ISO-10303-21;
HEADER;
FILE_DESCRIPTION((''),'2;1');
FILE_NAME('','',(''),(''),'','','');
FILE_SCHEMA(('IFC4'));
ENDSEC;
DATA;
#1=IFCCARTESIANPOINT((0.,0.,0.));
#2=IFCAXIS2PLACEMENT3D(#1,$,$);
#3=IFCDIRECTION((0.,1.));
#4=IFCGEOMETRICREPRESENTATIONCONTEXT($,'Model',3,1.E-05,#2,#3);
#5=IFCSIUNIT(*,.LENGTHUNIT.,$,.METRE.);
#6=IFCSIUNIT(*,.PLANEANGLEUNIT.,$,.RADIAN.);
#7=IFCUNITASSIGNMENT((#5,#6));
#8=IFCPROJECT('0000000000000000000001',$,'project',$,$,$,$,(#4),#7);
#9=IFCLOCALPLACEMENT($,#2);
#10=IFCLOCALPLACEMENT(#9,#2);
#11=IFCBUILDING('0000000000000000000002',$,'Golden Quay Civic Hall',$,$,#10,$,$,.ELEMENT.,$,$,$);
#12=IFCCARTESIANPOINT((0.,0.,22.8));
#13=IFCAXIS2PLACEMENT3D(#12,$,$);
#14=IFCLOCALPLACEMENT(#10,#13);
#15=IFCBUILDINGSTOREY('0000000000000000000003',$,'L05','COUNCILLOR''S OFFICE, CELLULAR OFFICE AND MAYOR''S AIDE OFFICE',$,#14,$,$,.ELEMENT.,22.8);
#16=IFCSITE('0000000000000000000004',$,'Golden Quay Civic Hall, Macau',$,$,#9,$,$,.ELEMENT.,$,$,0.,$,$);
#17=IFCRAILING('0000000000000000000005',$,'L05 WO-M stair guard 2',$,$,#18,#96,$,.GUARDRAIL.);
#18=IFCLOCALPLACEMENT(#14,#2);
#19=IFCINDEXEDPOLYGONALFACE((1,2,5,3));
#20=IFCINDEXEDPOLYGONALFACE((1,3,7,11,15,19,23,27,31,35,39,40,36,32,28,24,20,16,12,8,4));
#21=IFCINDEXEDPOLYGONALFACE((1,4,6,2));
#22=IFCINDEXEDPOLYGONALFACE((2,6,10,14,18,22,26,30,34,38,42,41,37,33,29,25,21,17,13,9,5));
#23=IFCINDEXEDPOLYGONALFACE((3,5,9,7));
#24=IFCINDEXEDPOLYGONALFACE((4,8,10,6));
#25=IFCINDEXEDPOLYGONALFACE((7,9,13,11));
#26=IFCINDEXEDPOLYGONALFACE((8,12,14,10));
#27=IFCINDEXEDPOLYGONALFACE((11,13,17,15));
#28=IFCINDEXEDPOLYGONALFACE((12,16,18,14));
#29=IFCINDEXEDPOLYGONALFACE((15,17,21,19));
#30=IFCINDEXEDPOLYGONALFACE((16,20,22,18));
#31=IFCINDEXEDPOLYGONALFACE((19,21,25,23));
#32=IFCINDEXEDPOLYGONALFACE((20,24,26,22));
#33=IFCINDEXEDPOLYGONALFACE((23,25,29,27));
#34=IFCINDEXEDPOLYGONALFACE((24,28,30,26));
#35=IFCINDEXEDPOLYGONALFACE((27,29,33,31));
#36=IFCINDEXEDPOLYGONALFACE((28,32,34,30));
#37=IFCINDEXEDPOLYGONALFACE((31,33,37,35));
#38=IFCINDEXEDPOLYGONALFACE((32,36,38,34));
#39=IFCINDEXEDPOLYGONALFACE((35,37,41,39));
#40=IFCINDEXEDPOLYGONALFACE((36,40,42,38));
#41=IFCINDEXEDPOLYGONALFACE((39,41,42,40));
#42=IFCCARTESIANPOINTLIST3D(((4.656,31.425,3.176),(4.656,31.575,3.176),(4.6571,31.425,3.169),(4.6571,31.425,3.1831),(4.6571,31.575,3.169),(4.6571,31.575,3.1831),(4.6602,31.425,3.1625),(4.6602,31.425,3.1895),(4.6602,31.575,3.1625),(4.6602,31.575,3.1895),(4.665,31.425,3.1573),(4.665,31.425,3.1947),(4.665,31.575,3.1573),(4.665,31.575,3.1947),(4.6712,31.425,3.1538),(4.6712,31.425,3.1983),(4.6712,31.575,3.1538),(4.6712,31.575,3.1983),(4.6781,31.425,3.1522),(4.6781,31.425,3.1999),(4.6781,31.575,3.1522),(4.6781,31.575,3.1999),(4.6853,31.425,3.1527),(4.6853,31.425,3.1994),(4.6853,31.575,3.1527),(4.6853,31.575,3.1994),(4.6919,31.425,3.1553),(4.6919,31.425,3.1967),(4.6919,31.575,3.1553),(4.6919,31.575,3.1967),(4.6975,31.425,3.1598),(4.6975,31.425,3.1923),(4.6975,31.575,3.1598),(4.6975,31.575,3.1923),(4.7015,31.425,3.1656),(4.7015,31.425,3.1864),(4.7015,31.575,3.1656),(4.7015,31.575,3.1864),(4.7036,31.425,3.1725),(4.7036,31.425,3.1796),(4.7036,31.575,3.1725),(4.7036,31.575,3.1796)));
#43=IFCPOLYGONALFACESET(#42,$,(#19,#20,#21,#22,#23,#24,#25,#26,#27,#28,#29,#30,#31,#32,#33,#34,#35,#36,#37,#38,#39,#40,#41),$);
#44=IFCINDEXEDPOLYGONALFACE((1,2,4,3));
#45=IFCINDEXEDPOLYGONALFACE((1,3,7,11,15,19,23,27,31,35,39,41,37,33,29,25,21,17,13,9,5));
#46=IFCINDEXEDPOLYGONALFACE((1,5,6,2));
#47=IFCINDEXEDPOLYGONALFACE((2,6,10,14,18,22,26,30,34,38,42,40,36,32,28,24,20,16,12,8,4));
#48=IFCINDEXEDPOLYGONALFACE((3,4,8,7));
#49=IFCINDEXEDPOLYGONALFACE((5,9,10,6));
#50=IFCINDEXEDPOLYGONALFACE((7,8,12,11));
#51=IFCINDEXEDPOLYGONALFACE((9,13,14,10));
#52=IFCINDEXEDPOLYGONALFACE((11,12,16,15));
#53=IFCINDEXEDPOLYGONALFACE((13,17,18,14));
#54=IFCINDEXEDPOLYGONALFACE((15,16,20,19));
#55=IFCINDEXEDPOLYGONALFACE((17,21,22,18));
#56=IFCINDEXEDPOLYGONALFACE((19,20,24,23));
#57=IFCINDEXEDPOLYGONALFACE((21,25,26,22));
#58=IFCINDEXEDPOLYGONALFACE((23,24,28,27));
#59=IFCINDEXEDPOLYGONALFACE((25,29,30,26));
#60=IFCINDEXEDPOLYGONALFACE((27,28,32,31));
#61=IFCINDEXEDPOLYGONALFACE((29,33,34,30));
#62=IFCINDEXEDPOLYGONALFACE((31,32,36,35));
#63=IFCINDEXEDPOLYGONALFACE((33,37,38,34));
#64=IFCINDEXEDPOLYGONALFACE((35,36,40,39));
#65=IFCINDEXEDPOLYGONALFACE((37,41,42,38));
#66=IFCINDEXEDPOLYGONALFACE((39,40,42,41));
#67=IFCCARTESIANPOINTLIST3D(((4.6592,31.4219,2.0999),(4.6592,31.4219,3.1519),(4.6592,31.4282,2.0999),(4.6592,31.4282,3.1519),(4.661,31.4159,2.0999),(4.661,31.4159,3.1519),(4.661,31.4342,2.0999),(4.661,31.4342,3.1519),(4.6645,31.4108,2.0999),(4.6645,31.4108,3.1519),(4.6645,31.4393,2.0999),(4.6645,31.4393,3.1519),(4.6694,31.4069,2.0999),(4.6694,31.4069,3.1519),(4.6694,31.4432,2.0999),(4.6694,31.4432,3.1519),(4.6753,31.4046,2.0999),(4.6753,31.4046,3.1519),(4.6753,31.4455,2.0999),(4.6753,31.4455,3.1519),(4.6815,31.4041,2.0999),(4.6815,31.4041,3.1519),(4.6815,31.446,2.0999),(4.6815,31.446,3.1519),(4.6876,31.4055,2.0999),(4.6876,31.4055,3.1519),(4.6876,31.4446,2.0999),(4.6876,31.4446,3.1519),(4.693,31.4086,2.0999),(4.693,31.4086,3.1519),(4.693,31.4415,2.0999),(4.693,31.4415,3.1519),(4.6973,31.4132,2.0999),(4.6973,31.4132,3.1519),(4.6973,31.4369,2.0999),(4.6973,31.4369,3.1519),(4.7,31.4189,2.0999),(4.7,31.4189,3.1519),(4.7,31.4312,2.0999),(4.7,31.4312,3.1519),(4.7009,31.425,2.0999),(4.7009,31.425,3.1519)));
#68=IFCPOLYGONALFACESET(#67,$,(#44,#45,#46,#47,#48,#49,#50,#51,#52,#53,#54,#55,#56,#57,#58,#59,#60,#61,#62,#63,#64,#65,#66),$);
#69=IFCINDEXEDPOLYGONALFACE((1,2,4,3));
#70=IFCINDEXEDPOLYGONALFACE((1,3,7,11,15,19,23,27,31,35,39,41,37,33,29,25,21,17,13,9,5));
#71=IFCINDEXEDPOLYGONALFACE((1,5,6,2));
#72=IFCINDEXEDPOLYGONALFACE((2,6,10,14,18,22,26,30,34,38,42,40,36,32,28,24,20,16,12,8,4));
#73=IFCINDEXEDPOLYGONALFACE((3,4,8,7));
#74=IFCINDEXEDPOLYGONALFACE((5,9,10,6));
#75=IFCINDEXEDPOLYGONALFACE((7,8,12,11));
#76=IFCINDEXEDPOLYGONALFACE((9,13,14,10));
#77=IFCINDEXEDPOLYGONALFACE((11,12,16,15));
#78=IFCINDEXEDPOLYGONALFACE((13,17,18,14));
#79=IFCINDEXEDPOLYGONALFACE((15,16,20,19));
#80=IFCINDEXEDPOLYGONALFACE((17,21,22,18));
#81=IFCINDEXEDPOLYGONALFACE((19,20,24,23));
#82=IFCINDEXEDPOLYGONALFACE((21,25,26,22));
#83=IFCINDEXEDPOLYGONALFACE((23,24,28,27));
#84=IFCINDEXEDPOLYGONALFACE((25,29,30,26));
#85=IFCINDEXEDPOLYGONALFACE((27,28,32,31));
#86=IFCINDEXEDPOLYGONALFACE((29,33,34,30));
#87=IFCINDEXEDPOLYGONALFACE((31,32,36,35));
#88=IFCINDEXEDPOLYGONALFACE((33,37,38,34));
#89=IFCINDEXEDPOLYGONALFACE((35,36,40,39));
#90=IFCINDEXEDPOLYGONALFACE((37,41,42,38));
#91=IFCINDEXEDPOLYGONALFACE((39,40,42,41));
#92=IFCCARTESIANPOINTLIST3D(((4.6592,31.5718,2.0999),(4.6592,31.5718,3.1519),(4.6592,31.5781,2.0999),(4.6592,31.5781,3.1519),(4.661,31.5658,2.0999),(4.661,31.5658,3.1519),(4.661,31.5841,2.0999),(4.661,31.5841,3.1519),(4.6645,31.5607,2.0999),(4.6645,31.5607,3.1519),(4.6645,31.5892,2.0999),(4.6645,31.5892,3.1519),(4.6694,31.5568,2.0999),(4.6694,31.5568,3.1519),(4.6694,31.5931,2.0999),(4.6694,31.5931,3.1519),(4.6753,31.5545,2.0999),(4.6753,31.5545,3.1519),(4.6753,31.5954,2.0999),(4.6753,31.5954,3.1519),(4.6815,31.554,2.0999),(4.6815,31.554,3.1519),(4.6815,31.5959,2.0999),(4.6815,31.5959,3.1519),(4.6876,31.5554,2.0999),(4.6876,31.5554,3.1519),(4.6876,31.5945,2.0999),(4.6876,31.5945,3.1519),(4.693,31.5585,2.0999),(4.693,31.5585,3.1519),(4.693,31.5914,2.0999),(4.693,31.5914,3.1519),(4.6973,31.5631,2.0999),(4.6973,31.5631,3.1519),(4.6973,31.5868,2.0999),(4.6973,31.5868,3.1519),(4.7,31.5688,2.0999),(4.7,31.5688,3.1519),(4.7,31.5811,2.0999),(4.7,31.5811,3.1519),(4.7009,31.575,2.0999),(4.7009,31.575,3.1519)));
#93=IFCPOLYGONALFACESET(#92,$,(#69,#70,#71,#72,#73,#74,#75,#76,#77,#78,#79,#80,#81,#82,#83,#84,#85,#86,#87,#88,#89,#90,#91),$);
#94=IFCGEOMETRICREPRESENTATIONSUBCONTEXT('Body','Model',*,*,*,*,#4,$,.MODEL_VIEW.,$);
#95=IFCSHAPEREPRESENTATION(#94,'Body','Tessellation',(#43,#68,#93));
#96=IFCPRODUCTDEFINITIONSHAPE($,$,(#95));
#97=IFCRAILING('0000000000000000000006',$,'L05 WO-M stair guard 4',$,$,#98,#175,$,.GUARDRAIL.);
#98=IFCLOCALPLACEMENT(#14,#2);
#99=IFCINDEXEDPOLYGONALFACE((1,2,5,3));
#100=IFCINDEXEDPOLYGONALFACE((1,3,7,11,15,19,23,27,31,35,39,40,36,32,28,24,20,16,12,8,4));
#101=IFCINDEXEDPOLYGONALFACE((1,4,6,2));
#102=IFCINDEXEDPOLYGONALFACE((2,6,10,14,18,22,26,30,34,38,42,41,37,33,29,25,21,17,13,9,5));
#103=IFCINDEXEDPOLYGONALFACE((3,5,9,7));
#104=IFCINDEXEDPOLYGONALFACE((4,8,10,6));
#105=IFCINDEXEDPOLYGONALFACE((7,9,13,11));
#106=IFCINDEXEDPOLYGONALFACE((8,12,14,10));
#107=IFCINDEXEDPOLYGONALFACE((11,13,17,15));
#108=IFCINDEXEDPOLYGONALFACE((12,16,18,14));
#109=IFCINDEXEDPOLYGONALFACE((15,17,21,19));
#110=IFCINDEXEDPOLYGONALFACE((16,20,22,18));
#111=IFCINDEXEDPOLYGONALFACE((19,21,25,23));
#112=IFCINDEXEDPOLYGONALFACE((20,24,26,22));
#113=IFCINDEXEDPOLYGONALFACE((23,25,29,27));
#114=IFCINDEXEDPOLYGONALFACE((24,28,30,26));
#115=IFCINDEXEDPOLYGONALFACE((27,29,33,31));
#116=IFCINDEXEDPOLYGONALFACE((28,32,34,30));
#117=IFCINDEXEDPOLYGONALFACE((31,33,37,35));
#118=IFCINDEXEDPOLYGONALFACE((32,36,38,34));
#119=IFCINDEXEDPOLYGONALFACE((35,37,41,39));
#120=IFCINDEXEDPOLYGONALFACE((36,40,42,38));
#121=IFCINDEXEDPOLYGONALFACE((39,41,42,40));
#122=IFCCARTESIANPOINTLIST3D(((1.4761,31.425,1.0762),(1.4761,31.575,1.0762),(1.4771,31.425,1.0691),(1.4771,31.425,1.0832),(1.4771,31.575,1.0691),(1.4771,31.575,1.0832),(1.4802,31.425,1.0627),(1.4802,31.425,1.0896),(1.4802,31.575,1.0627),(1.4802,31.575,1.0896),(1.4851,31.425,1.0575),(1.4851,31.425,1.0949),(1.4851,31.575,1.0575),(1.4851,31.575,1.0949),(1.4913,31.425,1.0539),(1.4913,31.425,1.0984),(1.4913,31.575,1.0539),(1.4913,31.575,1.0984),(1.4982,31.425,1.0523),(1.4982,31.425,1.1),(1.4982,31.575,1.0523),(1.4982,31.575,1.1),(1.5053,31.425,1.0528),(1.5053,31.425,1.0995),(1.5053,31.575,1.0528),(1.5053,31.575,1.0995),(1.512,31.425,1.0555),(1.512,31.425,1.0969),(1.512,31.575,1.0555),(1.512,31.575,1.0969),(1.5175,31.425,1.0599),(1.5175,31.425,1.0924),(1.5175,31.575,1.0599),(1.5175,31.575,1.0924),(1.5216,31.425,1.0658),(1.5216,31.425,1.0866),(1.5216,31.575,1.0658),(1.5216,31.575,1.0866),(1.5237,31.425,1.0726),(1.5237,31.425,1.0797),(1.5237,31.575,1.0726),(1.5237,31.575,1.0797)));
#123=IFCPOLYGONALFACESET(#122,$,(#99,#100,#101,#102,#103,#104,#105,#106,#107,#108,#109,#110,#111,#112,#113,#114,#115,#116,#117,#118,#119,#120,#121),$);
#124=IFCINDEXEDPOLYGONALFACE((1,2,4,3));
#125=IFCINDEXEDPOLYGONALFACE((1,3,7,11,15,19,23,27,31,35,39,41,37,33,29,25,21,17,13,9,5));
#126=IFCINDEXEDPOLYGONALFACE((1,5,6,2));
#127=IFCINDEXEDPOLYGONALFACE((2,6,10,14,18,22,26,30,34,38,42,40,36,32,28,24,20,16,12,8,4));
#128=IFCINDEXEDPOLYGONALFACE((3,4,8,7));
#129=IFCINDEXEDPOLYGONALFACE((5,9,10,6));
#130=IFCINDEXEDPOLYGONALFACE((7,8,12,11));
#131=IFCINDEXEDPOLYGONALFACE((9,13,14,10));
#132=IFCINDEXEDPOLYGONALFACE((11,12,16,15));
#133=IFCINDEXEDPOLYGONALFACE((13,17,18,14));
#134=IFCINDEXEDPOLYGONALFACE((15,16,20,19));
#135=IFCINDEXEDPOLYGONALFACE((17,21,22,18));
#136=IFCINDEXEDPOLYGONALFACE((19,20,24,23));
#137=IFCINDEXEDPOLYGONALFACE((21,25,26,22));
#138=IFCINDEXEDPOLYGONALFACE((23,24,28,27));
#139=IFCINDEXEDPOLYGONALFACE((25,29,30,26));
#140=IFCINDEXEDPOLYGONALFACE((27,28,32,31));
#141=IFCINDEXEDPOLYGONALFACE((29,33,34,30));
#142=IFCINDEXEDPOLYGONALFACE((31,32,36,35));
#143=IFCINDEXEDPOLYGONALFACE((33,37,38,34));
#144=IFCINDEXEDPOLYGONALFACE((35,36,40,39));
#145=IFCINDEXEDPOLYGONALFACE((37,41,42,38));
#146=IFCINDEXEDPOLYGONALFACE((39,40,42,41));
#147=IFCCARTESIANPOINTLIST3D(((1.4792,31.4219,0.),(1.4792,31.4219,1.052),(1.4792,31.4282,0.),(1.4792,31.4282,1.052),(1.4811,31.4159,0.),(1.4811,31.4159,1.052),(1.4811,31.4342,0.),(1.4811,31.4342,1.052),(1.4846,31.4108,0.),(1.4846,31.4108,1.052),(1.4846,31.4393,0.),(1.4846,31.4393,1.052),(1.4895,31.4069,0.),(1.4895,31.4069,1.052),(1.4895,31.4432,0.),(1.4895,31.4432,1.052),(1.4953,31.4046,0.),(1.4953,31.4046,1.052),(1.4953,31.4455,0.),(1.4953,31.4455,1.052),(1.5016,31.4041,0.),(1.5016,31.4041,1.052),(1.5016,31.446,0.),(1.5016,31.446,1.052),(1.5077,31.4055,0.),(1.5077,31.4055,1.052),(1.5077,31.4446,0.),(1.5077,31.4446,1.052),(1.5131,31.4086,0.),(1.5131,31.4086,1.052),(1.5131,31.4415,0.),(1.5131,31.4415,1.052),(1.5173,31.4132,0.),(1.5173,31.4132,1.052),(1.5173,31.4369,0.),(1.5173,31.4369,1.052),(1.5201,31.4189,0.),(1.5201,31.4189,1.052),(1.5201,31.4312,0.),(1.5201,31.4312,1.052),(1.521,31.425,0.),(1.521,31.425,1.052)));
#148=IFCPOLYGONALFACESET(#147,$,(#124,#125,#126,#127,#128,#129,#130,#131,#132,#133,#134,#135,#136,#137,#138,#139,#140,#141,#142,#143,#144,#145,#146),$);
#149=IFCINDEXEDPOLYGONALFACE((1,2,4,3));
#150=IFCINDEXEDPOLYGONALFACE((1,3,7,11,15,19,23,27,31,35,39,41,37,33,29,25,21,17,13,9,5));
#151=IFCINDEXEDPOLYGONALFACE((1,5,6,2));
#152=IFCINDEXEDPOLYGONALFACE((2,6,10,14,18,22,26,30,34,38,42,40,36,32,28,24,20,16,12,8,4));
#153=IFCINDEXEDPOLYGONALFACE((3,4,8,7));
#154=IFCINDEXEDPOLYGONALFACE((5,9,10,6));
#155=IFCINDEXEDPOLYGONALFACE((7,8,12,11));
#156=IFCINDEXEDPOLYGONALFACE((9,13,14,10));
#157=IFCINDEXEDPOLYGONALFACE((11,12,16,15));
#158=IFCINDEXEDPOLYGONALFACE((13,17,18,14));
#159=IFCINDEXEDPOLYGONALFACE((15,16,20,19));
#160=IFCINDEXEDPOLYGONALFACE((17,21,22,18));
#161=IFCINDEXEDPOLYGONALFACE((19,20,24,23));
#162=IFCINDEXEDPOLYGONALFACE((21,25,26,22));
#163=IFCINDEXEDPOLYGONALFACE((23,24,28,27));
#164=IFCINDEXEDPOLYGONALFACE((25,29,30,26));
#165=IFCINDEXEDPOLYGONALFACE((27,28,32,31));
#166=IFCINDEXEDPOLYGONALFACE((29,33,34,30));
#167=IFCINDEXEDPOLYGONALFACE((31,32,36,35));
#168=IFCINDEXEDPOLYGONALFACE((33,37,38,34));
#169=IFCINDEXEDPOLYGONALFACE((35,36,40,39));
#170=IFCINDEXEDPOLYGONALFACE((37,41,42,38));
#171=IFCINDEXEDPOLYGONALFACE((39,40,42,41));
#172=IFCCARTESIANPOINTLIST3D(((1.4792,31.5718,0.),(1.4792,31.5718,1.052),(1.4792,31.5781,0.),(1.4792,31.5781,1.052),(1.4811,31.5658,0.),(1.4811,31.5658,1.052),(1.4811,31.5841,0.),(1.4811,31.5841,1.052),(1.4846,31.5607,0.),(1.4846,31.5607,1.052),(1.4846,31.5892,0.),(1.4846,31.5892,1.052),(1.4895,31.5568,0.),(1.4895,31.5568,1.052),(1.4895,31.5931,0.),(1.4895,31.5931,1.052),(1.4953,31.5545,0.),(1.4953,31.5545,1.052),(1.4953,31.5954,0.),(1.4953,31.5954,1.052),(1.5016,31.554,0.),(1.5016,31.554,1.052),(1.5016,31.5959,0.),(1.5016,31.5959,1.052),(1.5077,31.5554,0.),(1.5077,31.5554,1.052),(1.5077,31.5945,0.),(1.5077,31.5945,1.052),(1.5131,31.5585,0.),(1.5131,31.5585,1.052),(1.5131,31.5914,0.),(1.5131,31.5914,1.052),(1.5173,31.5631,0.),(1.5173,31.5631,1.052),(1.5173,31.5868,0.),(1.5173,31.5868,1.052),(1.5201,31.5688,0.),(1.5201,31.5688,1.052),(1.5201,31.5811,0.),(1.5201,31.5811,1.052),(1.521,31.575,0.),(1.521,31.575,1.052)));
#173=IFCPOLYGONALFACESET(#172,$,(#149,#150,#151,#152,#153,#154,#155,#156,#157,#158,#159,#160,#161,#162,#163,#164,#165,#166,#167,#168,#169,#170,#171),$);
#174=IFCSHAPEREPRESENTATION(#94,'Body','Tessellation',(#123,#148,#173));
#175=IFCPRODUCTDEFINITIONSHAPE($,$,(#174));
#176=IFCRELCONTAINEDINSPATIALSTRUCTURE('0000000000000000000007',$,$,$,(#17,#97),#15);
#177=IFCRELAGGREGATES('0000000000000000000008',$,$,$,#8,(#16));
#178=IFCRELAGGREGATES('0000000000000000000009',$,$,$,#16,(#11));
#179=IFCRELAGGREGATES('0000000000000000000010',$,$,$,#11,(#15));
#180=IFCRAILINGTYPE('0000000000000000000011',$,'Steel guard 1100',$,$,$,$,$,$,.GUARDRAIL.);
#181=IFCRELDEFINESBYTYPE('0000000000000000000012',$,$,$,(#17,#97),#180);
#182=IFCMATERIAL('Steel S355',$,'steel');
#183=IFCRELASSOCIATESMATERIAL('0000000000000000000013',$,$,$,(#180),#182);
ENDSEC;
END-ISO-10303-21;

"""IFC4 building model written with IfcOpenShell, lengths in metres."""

from ifc_helpers import new_model, si_unit, direction, frame, origin, origin_2d, place, context, subcontext, project, spatial, circle, extrude, material, type_object, element, save


model = new_model("IFC4")

# Units and contexts
model_context = context("Model", 3, precision=1e-05, world=origin(), true_north=direction((0.0, 1.0)))
body_context = subcontext(model_context, "Body", "Model", "MODEL_VIEW")
ifc_project = project(units=[si_unit("LENGTHUNIT", "METRE"), si_unit("PLANEANGLEUNIT", "RADIAN")], contexts=[model_context])

# Site, building, storey
site_placement = place(None, origin())
site = spatial("IfcSite", under=ifc_project, at=site_placement, Name="Golden Quay Civic Hall, Macau", CompositionType="ELEMENT", RefElevation=0.0)
building_placement = place(site_placement, origin())
building = spatial("IfcBuilding", under=site, at=building_placement, Name="Golden Quay Civic Hall", CompositionType="ELEMENT")
storey_placement = place(building_placement, frame((0.0, 0.0, 22.8)))
storey = spatial("IfcBuildingStorey", under=building, at=storey_placement, Name="L05", Description="COUNCILLOR'S OFFICE, CELLULAR OFFICE AND MAYOR'S AIDE OFFICE", CompositionType="ELEMENT", Elevation=22.8)

# Railings
ifc_material_1 = material(Name="Steel S355", Category="steel")
railing_type_1 = type_object("IfcRailingType", Name="Steel guard 1100", PredefinedType="GUARDRAIL", material=ifc_material_1)
for number, where, name in (
    (1, (4.6799, 31.425, 2.0999), "L05 WO-M stair guard 2"),
    (2, (1.5, 31.425, 0.0), "L05 WO-M stair guard 4"),
):
    element("IfcRailing", number, at=place(storey_placement, frame(where)), inside=storey, type_object=railing_type_1, Name=name, PredefinedType="GUARDRAIL", context=body_context, shape_type="SweptSolid", body=[
        extrude(circle(Radius=0.0239, at=origin_2d()), frame((0.0, 0.0, 1.0762), z_axis=(0.0, 1.0, 0.0), x_axis=(-1.0, 0.0, 0.0)), (0.0, 0.0, 1.0), 0.1499),
        extrude(circle(Radius=0.021, at=origin_2d()), origin(), (0.0, 0.0, 1.0), 1.052),
        extrude(circle(Radius=0.021, at=origin_2d()), frame((0.0, 0.1499, 0.0)), (0.0, 0.0, 1.0), 1.052),
    ])

save(model, "model.ifc")
